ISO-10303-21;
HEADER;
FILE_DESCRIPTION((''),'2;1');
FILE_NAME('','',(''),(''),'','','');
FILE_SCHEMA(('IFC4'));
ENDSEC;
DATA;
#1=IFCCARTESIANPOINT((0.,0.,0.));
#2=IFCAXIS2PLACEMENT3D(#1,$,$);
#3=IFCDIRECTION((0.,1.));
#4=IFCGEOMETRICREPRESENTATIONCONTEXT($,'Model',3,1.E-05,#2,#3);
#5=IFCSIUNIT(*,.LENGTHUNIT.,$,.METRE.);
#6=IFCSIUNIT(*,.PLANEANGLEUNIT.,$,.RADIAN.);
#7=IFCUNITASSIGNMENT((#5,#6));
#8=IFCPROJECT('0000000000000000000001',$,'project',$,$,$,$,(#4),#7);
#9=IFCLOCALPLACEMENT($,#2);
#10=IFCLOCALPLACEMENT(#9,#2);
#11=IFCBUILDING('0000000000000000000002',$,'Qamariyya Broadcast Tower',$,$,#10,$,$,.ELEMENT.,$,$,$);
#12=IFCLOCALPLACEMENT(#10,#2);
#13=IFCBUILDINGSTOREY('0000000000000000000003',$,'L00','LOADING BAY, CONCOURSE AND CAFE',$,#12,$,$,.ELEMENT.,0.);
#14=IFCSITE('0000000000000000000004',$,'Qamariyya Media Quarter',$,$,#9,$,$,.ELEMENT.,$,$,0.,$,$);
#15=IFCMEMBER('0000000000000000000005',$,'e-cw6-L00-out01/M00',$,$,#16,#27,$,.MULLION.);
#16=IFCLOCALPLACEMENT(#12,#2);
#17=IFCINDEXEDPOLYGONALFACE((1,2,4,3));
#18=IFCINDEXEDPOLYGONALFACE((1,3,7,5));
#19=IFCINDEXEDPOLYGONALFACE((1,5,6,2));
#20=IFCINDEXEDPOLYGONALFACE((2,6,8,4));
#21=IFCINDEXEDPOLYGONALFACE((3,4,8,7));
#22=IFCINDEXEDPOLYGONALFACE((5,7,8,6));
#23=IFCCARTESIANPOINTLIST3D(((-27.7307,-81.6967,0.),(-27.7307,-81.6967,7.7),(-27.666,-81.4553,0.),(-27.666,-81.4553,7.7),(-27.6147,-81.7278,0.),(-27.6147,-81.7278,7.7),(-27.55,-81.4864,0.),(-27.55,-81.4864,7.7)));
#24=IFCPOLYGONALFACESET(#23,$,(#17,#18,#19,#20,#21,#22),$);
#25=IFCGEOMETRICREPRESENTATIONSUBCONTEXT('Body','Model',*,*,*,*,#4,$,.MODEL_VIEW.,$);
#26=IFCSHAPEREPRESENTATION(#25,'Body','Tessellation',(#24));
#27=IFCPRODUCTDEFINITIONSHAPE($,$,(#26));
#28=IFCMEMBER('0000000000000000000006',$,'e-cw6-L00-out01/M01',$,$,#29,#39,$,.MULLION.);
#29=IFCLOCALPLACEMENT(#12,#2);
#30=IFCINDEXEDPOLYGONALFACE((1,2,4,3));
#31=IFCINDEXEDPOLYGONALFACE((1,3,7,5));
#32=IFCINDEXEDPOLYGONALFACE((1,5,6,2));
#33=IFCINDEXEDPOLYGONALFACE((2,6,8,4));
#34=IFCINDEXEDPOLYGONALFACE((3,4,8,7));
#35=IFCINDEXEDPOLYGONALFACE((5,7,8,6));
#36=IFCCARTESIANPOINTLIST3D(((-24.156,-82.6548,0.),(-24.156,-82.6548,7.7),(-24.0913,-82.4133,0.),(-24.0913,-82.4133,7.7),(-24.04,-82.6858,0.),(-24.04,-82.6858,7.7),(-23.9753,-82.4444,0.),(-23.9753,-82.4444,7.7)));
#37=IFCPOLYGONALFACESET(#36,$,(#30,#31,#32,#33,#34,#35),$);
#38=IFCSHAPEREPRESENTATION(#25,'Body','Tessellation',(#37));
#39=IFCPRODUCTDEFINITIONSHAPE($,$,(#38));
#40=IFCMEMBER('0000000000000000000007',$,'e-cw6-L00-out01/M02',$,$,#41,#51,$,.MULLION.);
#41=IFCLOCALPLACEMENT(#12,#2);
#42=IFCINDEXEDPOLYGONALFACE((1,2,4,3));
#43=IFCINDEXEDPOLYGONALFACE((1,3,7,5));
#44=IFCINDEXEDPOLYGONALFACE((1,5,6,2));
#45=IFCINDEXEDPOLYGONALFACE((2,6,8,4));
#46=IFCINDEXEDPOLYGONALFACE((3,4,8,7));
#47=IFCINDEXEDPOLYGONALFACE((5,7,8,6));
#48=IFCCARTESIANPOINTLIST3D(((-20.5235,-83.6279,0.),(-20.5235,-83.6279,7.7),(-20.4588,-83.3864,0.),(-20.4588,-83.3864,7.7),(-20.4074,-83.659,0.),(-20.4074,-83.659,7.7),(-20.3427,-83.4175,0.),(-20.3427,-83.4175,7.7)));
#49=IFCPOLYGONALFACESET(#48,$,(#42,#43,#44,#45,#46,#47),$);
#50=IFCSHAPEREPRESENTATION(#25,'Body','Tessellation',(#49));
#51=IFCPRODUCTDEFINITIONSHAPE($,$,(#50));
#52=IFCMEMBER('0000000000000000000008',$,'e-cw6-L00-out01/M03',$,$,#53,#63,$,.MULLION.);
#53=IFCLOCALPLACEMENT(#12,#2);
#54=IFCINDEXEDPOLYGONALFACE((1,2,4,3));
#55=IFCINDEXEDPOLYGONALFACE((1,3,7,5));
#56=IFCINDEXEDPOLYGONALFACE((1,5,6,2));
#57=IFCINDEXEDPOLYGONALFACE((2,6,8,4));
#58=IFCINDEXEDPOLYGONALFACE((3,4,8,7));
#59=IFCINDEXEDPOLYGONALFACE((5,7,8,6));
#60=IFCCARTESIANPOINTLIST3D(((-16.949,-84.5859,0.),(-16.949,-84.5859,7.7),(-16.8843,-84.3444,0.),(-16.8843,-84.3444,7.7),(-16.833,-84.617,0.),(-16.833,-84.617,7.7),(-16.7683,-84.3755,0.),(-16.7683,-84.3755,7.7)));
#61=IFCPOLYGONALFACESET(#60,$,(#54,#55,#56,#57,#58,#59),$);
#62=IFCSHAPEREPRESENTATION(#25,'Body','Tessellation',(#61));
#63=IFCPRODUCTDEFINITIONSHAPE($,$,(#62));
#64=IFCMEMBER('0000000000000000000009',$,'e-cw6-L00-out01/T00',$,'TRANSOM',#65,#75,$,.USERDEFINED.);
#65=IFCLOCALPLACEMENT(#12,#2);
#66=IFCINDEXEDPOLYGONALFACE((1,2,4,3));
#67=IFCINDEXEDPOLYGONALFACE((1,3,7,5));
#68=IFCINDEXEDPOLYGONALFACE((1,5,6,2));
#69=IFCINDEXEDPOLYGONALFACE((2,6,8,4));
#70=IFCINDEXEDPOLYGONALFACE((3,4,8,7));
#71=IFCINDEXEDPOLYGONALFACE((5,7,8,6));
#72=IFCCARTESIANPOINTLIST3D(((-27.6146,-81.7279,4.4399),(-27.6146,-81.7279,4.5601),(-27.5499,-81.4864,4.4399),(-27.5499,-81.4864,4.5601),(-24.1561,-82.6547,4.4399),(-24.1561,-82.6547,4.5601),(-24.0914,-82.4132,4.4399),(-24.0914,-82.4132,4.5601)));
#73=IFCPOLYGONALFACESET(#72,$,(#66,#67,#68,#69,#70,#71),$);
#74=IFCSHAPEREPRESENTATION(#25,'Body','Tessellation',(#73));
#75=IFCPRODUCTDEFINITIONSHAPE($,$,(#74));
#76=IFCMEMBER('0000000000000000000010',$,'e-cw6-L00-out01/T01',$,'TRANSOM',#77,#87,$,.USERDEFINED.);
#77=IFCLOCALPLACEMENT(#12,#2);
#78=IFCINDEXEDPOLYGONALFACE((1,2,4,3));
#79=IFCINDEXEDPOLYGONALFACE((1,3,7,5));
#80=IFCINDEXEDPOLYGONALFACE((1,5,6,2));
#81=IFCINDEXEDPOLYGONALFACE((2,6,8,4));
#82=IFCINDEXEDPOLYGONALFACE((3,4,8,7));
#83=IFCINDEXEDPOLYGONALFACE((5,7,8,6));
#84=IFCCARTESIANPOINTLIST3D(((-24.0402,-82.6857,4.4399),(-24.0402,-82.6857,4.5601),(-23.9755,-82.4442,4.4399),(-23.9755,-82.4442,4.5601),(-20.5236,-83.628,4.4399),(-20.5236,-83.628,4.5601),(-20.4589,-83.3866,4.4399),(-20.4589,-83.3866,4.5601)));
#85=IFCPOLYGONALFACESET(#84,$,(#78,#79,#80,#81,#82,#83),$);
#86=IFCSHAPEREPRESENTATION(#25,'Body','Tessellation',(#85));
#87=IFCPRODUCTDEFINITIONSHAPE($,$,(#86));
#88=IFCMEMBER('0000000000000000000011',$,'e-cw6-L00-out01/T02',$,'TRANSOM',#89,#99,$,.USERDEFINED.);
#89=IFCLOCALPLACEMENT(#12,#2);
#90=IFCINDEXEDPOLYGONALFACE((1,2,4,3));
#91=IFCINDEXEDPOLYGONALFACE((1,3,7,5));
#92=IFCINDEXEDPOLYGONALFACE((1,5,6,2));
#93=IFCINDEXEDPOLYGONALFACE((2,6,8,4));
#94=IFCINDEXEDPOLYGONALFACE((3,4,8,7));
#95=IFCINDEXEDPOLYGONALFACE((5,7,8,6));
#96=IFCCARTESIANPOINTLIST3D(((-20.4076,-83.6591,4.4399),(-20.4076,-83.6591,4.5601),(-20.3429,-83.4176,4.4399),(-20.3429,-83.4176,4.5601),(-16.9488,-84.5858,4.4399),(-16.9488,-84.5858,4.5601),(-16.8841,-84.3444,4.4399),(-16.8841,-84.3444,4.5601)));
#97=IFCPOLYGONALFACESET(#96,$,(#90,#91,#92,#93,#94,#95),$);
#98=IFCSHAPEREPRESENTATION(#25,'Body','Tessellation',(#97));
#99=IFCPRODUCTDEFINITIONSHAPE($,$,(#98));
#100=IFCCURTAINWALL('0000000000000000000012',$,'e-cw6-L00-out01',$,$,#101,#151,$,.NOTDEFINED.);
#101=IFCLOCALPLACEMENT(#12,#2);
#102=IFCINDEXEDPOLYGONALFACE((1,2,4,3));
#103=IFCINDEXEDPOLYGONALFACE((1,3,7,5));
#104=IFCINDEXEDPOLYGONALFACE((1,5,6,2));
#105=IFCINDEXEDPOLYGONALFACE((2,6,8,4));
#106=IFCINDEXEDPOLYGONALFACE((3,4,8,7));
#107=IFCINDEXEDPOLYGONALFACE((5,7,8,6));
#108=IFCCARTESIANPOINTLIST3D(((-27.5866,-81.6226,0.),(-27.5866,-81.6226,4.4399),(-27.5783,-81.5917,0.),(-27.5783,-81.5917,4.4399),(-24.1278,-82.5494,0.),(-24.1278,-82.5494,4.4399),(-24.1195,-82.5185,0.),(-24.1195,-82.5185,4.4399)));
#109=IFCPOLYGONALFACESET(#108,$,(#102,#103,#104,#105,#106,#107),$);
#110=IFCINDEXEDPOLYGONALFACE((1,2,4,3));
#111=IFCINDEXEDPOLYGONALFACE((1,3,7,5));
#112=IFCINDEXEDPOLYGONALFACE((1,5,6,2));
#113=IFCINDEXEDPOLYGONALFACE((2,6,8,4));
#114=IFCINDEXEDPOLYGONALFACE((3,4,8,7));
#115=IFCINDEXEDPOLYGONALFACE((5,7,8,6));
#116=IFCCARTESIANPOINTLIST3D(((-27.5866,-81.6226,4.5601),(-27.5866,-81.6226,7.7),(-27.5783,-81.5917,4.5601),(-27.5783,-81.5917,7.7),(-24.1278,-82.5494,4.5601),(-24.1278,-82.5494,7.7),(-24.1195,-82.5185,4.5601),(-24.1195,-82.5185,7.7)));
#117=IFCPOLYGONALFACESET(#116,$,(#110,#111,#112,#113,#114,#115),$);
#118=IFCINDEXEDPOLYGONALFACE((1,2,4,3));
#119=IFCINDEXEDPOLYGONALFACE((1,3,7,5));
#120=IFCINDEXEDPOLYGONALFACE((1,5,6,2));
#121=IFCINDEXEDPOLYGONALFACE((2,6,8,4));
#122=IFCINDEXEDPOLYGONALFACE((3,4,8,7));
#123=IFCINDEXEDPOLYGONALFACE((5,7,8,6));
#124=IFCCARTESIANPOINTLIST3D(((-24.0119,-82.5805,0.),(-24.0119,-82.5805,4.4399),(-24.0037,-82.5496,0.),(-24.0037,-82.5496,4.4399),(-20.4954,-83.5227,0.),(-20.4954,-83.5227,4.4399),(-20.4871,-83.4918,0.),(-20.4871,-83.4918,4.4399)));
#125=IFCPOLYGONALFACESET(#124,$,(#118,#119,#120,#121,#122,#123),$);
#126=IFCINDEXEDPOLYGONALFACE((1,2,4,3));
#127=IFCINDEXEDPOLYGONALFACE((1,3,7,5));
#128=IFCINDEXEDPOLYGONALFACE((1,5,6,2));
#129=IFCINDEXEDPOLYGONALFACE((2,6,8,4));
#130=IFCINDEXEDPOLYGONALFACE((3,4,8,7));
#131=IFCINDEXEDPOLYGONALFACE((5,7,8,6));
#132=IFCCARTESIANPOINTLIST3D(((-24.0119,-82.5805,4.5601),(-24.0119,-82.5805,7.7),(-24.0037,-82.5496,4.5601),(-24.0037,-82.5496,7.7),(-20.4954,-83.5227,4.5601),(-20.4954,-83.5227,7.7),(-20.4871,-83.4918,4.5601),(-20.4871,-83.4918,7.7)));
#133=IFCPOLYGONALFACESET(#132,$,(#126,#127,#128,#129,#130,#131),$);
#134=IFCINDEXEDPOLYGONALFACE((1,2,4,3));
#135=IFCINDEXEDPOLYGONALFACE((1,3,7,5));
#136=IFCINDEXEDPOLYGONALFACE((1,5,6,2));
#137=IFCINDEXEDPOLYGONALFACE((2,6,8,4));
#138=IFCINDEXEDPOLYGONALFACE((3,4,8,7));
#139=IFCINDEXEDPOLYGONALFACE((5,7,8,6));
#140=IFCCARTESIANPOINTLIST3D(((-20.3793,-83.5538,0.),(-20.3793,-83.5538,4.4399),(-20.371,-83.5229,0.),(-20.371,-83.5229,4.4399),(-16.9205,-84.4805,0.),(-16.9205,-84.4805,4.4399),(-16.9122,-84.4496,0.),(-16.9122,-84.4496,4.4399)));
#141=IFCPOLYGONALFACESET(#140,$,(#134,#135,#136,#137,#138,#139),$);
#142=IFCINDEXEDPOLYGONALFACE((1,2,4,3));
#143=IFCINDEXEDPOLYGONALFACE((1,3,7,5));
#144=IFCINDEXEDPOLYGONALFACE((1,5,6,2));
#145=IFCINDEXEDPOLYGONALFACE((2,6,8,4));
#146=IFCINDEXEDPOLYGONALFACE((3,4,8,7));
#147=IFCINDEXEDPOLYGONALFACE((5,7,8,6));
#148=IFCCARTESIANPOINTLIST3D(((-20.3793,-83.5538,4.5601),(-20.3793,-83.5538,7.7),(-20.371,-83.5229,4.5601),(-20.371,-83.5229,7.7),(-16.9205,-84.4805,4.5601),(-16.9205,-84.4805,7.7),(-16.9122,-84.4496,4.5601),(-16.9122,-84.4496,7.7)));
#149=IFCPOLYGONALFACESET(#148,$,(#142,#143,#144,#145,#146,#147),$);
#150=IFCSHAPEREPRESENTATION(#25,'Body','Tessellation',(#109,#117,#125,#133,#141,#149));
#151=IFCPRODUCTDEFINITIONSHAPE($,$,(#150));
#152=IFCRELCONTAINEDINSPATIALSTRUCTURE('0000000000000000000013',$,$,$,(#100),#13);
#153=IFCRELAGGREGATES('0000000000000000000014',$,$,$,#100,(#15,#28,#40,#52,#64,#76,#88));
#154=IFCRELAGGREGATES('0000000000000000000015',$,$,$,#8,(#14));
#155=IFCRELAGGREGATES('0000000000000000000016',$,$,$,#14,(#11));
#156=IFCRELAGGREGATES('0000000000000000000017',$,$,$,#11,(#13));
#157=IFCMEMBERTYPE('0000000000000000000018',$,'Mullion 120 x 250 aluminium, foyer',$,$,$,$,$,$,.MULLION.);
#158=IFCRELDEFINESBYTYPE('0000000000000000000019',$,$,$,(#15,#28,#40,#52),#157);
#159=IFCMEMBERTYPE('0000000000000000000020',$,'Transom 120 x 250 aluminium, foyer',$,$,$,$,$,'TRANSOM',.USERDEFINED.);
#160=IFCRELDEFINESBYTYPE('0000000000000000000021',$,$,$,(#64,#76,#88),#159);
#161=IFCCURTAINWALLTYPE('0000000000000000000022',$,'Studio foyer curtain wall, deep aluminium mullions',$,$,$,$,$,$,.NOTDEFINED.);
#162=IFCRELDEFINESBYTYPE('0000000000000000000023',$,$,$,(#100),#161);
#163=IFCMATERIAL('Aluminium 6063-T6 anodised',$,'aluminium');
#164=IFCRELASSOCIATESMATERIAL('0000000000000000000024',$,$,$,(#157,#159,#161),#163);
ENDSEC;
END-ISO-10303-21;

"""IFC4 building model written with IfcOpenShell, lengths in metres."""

from ifc_helpers import new_model, si_unit, direction, frame, origin, origin_2d, place, context, subcontext, project, spatial, rectangle, extrude, material, material_profile, profile_set, type_object, element, aggregate, save


model = new_model("IFC4")

# Units and contexts
model_context = context("Model", 3, precision=1e-05, world=origin(), true_north=direction((0.0, 1.0)))
body_context = subcontext(model_context, "Body", "Model", "MODEL_VIEW")
ifc_project = project(units=[si_unit("LENGTHUNIT", "METRE"), si_unit("PLANEANGLEUNIT", "RADIAN")], contexts=[model_context])

# Members
ifc_material_1 = material(Name="Aluminium 6063-T6 anodised", Category="aluminium")
ifc_material_profile_1 = material_profile(ifc_material_1, rectangle(XDim=0.25, YDim=0.1201, at=origin_2d()))
ifc_profile_set_1 = profile_set([ifc_material_profile_1], Name="Aluminium 6063-T6 anodised")
member_type_1 = type_object("IfcMemberType", Name="Mullion 120 x 250 aluminium, foyer", PredefinedType="MULLION", material=ifc_profile_set_1)
site_placement = place(None, origin())
building_placement = place(site_placement, origin())
storey_placement = place(building_placement, origin())
member_1_placement = place(storey_placement, frame((-27.6404, -81.5916, 0.0), z_axis=(0.0, 0.0, 1.0), x_axis=(0.258819, 0.965926, 0.0)))
member_1 = element("IfcMember", 1, at=member_1_placement, type_object=member_type_1, Name="e-cw6-L00-out01/M00", PredefinedType="MULLION", context=body_context, shape_type="SweptSolid", body=[
    extrude(rectangle(XDim=0.25, YDim=0.1201, at=origin_2d()), origin(), (0.0, 0.0, 1.0), 7.7),
])
member_2_placement = place(storey_placement, frame((-24.0657, -82.5496, 0.0), z_axis=(0.0, 0.0, 1.0), x_axis=(0.258819, 0.965926, 0.0)))
member_2 = element("IfcMember", 2, at=member_2_placement, type_object=member_type_1, Name="e-cw6-L00-out01/M01", PredefinedType="MULLION", context=body_context, shape_type="SweptSolid", body=[
    extrude(rectangle(XDim=0.25, YDim=0.1201, at=origin_2d()), origin(), (0.0, 0.0, 1.0), 7.7),
])
member_3_placement = place(storey_placement, frame((-20.4331, -83.5227, 0.0), z_axis=(0.0, 0.0, 1.0), x_axis=(0.258819, 0.965926, 0.0)))
member_3 = element("IfcMember", 3, at=member_3_placement, type_object=member_type_1, Name="e-cw6-L00-out01/M02", PredefinedType="MULLION", context=body_context, shape_type="SweptSolid", body=[
    extrude(rectangle(XDim=0.25, YDim=0.1201, at=origin_2d()), origin(), (0.0, 0.0, 1.0), 7.7),
])
member_4_placement = place(storey_placement, frame((-16.8586, -84.4807, 0.0), z_axis=(0.0, 0.0, 1.0), x_axis=(0.258819, 0.965926, 0.0)))
member_4 = element("IfcMember", 4, at=member_4_placement, type_object=member_type_1, Name="e-cw6-L00-out01/M03", PredefinedType="MULLION", context=body_context, shape_type="SweptSolid", body=[
    extrude(rectangle(XDim=0.25, YDim=0.1201, at=origin_2d()), origin(), (0.0, 0.0, 1.0), 7.7),
])
ifc_material_profile_2 = material_profile(ifc_material_1, rectangle(XDim=0.25, YDim=0.1201, at=origin_2d()))
ifc_profile_set_2 = profile_set([ifc_material_profile_2], Name="Aluminium 6063-T6 anodised")
member_type_2 = type_object("IfcMemberType", Name="Transom 120 x 250 aluminium, foyer", ElementType="TRANSOM", PredefinedType="USERDEFINED", material=ifc_profile_set_2)
member_5_placement = place(storey_placement, frame((-27.5823, -81.6072, 4.5), z_axis=(0.965922, -0.258834, 0.0), x_axis=(0.258834, 0.965922, 0.0)))
member_5 = element("IfcMember", 5, at=member_5_placement, type_object=member_type_2, Name="e-cw6-L00-out01/T00", ObjectType="TRANSOM", PredefinedType="USERDEFINED", context=body_context, shape_type="SweptSolid", body=[
    extrude(rectangle(XDim=0.25, YDim=0.1201, at=origin_2d()), origin(), (0.0, 0.0, 1.0), 3.5806),
])
member_6_placement = place(storey_placement, frame((-24.0078, -82.5649, 4.5), z_axis=(0.965918, -0.258848, 0.0), x_axis=(0.258848, 0.965918, 0.0)))
member_6 = element("IfcMember", 6, at=member_6_placement, type_object=member_type_2, Name="e-cw6-L00-out01/T01", ObjectType="TRANSOM", PredefinedType="USERDEFINED", context=body_context, shape_type="SweptSolid", body=[
    extrude(rectangle(XDim=0.25, YDim=0.1201, at=origin_2d()), origin(), (0.0, 0.0, 1.0), 3.6406),
])
member_7_placement = place(storey_placement, frame((-20.3752, -83.5383, 4.5), z_axis=(0.965926, -0.258817, 0.0), x_axis=(0.258817, 0.965926, 0.0)))
member_7 = element("IfcMember", 7, at=member_7_placement, type_object=member_type_2, Name="e-cw6-L00-out01/T02", ObjectType="TRANSOM", PredefinedType="USERDEFINED", context=body_context, shape_type="SweptSolid", body=[
    extrude(rectangle(XDim=0.25, YDim=0.1201, at=origin_2d()), origin(), (0.0, 0.0, 1.0), 3.5808),
])

# Site, building, storey
site = spatial("IfcSite", under=ifc_project, at=site_placement, Name="Qamariyya Media Quarter", CompositionType="ELEMENT", RefElevation=0.0)
building = spatial("IfcBuilding", under=site, at=building_placement, Name="Qamariyya Broadcast Tower", CompositionType="ELEMENT")
storey = spatial("IfcBuildingStorey", under=building, at=storey_placement, Name="L00", Description="LOADING BAY, CONCOURSE AND CAFE", CompositionType="ELEMENT", Elevation=0.0)

# Curtain wall
curtain_wall_type_1 = type_object("IfcCurtainWallType", Name="Studio foyer curtain wall, deep aluminium mullions", PredefinedType="NOTDEFINED", material=ifc_material_1)
curtain_wall_1_placement = place(storey_placement, origin())
curtain_wall_1 = element("IfcCurtainWall", 8, at=curtain_wall_1_placement, inside=storey, type_object=curtain_wall_type_1, Name="e-cw6-L00-out01", PredefinedType="NOTDEFINED", context=body_context, shape_type="SweptSolid", body=[
    extrude(rectangle(XDim=3.5808, YDim=0.032, at=origin_2d()), frame((-25.853, -82.0706, 0.0), x_axis=(0.965928, -0.25881, 0.0)), (0.0, 0.0, 1.0), 4.4399),
    extrude(rectangle(XDim=3.5808, YDim=0.032, at=origin_2d()), frame((-25.853, -82.0706, 4.5601), x_axis=(0.965928, -0.25881, 0.0)), (0.0, 0.0, 1.0), 3.1399),
    extrude(rectangle(XDim=3.6406, YDim=0.032, at=origin_2d()), frame((-22.2495, -83.0361, 0.0), x_axis=(0.965928, -0.25881, 0.0)), (0.0, 0.0, 1.0), 4.4399),
    extrude(rectangle(XDim=3.6406, YDim=0.032, at=origin_2d()), frame((-22.2495, -83.0361, 4.5601), x_axis=(0.965928, -0.25881, 0.0)), (0.0, 0.0, 1.0), 3.1399),
    extrude(rectangle(XDim=3.5808, YDim=0.032, at=origin_2d()), frame((-18.6458, -84.0017, 0.0), x_axis=(0.965928, -0.25881, 0.0)), (0.0, 0.0, 1.0), 4.4399),
    extrude(rectangle(XDim=3.5808, YDim=0.032, at=origin_2d()), frame((-18.6458, -84.0017, 4.5601), x_axis=(0.965928, -0.25881, 0.0)), (0.0, 0.0, 1.0), 3.1399),
])
aggregate(curtain_wall_1, [member_1, member_2, member_3, member_4, member_5, member_6, member_7])

save(model, "model.ifc")
